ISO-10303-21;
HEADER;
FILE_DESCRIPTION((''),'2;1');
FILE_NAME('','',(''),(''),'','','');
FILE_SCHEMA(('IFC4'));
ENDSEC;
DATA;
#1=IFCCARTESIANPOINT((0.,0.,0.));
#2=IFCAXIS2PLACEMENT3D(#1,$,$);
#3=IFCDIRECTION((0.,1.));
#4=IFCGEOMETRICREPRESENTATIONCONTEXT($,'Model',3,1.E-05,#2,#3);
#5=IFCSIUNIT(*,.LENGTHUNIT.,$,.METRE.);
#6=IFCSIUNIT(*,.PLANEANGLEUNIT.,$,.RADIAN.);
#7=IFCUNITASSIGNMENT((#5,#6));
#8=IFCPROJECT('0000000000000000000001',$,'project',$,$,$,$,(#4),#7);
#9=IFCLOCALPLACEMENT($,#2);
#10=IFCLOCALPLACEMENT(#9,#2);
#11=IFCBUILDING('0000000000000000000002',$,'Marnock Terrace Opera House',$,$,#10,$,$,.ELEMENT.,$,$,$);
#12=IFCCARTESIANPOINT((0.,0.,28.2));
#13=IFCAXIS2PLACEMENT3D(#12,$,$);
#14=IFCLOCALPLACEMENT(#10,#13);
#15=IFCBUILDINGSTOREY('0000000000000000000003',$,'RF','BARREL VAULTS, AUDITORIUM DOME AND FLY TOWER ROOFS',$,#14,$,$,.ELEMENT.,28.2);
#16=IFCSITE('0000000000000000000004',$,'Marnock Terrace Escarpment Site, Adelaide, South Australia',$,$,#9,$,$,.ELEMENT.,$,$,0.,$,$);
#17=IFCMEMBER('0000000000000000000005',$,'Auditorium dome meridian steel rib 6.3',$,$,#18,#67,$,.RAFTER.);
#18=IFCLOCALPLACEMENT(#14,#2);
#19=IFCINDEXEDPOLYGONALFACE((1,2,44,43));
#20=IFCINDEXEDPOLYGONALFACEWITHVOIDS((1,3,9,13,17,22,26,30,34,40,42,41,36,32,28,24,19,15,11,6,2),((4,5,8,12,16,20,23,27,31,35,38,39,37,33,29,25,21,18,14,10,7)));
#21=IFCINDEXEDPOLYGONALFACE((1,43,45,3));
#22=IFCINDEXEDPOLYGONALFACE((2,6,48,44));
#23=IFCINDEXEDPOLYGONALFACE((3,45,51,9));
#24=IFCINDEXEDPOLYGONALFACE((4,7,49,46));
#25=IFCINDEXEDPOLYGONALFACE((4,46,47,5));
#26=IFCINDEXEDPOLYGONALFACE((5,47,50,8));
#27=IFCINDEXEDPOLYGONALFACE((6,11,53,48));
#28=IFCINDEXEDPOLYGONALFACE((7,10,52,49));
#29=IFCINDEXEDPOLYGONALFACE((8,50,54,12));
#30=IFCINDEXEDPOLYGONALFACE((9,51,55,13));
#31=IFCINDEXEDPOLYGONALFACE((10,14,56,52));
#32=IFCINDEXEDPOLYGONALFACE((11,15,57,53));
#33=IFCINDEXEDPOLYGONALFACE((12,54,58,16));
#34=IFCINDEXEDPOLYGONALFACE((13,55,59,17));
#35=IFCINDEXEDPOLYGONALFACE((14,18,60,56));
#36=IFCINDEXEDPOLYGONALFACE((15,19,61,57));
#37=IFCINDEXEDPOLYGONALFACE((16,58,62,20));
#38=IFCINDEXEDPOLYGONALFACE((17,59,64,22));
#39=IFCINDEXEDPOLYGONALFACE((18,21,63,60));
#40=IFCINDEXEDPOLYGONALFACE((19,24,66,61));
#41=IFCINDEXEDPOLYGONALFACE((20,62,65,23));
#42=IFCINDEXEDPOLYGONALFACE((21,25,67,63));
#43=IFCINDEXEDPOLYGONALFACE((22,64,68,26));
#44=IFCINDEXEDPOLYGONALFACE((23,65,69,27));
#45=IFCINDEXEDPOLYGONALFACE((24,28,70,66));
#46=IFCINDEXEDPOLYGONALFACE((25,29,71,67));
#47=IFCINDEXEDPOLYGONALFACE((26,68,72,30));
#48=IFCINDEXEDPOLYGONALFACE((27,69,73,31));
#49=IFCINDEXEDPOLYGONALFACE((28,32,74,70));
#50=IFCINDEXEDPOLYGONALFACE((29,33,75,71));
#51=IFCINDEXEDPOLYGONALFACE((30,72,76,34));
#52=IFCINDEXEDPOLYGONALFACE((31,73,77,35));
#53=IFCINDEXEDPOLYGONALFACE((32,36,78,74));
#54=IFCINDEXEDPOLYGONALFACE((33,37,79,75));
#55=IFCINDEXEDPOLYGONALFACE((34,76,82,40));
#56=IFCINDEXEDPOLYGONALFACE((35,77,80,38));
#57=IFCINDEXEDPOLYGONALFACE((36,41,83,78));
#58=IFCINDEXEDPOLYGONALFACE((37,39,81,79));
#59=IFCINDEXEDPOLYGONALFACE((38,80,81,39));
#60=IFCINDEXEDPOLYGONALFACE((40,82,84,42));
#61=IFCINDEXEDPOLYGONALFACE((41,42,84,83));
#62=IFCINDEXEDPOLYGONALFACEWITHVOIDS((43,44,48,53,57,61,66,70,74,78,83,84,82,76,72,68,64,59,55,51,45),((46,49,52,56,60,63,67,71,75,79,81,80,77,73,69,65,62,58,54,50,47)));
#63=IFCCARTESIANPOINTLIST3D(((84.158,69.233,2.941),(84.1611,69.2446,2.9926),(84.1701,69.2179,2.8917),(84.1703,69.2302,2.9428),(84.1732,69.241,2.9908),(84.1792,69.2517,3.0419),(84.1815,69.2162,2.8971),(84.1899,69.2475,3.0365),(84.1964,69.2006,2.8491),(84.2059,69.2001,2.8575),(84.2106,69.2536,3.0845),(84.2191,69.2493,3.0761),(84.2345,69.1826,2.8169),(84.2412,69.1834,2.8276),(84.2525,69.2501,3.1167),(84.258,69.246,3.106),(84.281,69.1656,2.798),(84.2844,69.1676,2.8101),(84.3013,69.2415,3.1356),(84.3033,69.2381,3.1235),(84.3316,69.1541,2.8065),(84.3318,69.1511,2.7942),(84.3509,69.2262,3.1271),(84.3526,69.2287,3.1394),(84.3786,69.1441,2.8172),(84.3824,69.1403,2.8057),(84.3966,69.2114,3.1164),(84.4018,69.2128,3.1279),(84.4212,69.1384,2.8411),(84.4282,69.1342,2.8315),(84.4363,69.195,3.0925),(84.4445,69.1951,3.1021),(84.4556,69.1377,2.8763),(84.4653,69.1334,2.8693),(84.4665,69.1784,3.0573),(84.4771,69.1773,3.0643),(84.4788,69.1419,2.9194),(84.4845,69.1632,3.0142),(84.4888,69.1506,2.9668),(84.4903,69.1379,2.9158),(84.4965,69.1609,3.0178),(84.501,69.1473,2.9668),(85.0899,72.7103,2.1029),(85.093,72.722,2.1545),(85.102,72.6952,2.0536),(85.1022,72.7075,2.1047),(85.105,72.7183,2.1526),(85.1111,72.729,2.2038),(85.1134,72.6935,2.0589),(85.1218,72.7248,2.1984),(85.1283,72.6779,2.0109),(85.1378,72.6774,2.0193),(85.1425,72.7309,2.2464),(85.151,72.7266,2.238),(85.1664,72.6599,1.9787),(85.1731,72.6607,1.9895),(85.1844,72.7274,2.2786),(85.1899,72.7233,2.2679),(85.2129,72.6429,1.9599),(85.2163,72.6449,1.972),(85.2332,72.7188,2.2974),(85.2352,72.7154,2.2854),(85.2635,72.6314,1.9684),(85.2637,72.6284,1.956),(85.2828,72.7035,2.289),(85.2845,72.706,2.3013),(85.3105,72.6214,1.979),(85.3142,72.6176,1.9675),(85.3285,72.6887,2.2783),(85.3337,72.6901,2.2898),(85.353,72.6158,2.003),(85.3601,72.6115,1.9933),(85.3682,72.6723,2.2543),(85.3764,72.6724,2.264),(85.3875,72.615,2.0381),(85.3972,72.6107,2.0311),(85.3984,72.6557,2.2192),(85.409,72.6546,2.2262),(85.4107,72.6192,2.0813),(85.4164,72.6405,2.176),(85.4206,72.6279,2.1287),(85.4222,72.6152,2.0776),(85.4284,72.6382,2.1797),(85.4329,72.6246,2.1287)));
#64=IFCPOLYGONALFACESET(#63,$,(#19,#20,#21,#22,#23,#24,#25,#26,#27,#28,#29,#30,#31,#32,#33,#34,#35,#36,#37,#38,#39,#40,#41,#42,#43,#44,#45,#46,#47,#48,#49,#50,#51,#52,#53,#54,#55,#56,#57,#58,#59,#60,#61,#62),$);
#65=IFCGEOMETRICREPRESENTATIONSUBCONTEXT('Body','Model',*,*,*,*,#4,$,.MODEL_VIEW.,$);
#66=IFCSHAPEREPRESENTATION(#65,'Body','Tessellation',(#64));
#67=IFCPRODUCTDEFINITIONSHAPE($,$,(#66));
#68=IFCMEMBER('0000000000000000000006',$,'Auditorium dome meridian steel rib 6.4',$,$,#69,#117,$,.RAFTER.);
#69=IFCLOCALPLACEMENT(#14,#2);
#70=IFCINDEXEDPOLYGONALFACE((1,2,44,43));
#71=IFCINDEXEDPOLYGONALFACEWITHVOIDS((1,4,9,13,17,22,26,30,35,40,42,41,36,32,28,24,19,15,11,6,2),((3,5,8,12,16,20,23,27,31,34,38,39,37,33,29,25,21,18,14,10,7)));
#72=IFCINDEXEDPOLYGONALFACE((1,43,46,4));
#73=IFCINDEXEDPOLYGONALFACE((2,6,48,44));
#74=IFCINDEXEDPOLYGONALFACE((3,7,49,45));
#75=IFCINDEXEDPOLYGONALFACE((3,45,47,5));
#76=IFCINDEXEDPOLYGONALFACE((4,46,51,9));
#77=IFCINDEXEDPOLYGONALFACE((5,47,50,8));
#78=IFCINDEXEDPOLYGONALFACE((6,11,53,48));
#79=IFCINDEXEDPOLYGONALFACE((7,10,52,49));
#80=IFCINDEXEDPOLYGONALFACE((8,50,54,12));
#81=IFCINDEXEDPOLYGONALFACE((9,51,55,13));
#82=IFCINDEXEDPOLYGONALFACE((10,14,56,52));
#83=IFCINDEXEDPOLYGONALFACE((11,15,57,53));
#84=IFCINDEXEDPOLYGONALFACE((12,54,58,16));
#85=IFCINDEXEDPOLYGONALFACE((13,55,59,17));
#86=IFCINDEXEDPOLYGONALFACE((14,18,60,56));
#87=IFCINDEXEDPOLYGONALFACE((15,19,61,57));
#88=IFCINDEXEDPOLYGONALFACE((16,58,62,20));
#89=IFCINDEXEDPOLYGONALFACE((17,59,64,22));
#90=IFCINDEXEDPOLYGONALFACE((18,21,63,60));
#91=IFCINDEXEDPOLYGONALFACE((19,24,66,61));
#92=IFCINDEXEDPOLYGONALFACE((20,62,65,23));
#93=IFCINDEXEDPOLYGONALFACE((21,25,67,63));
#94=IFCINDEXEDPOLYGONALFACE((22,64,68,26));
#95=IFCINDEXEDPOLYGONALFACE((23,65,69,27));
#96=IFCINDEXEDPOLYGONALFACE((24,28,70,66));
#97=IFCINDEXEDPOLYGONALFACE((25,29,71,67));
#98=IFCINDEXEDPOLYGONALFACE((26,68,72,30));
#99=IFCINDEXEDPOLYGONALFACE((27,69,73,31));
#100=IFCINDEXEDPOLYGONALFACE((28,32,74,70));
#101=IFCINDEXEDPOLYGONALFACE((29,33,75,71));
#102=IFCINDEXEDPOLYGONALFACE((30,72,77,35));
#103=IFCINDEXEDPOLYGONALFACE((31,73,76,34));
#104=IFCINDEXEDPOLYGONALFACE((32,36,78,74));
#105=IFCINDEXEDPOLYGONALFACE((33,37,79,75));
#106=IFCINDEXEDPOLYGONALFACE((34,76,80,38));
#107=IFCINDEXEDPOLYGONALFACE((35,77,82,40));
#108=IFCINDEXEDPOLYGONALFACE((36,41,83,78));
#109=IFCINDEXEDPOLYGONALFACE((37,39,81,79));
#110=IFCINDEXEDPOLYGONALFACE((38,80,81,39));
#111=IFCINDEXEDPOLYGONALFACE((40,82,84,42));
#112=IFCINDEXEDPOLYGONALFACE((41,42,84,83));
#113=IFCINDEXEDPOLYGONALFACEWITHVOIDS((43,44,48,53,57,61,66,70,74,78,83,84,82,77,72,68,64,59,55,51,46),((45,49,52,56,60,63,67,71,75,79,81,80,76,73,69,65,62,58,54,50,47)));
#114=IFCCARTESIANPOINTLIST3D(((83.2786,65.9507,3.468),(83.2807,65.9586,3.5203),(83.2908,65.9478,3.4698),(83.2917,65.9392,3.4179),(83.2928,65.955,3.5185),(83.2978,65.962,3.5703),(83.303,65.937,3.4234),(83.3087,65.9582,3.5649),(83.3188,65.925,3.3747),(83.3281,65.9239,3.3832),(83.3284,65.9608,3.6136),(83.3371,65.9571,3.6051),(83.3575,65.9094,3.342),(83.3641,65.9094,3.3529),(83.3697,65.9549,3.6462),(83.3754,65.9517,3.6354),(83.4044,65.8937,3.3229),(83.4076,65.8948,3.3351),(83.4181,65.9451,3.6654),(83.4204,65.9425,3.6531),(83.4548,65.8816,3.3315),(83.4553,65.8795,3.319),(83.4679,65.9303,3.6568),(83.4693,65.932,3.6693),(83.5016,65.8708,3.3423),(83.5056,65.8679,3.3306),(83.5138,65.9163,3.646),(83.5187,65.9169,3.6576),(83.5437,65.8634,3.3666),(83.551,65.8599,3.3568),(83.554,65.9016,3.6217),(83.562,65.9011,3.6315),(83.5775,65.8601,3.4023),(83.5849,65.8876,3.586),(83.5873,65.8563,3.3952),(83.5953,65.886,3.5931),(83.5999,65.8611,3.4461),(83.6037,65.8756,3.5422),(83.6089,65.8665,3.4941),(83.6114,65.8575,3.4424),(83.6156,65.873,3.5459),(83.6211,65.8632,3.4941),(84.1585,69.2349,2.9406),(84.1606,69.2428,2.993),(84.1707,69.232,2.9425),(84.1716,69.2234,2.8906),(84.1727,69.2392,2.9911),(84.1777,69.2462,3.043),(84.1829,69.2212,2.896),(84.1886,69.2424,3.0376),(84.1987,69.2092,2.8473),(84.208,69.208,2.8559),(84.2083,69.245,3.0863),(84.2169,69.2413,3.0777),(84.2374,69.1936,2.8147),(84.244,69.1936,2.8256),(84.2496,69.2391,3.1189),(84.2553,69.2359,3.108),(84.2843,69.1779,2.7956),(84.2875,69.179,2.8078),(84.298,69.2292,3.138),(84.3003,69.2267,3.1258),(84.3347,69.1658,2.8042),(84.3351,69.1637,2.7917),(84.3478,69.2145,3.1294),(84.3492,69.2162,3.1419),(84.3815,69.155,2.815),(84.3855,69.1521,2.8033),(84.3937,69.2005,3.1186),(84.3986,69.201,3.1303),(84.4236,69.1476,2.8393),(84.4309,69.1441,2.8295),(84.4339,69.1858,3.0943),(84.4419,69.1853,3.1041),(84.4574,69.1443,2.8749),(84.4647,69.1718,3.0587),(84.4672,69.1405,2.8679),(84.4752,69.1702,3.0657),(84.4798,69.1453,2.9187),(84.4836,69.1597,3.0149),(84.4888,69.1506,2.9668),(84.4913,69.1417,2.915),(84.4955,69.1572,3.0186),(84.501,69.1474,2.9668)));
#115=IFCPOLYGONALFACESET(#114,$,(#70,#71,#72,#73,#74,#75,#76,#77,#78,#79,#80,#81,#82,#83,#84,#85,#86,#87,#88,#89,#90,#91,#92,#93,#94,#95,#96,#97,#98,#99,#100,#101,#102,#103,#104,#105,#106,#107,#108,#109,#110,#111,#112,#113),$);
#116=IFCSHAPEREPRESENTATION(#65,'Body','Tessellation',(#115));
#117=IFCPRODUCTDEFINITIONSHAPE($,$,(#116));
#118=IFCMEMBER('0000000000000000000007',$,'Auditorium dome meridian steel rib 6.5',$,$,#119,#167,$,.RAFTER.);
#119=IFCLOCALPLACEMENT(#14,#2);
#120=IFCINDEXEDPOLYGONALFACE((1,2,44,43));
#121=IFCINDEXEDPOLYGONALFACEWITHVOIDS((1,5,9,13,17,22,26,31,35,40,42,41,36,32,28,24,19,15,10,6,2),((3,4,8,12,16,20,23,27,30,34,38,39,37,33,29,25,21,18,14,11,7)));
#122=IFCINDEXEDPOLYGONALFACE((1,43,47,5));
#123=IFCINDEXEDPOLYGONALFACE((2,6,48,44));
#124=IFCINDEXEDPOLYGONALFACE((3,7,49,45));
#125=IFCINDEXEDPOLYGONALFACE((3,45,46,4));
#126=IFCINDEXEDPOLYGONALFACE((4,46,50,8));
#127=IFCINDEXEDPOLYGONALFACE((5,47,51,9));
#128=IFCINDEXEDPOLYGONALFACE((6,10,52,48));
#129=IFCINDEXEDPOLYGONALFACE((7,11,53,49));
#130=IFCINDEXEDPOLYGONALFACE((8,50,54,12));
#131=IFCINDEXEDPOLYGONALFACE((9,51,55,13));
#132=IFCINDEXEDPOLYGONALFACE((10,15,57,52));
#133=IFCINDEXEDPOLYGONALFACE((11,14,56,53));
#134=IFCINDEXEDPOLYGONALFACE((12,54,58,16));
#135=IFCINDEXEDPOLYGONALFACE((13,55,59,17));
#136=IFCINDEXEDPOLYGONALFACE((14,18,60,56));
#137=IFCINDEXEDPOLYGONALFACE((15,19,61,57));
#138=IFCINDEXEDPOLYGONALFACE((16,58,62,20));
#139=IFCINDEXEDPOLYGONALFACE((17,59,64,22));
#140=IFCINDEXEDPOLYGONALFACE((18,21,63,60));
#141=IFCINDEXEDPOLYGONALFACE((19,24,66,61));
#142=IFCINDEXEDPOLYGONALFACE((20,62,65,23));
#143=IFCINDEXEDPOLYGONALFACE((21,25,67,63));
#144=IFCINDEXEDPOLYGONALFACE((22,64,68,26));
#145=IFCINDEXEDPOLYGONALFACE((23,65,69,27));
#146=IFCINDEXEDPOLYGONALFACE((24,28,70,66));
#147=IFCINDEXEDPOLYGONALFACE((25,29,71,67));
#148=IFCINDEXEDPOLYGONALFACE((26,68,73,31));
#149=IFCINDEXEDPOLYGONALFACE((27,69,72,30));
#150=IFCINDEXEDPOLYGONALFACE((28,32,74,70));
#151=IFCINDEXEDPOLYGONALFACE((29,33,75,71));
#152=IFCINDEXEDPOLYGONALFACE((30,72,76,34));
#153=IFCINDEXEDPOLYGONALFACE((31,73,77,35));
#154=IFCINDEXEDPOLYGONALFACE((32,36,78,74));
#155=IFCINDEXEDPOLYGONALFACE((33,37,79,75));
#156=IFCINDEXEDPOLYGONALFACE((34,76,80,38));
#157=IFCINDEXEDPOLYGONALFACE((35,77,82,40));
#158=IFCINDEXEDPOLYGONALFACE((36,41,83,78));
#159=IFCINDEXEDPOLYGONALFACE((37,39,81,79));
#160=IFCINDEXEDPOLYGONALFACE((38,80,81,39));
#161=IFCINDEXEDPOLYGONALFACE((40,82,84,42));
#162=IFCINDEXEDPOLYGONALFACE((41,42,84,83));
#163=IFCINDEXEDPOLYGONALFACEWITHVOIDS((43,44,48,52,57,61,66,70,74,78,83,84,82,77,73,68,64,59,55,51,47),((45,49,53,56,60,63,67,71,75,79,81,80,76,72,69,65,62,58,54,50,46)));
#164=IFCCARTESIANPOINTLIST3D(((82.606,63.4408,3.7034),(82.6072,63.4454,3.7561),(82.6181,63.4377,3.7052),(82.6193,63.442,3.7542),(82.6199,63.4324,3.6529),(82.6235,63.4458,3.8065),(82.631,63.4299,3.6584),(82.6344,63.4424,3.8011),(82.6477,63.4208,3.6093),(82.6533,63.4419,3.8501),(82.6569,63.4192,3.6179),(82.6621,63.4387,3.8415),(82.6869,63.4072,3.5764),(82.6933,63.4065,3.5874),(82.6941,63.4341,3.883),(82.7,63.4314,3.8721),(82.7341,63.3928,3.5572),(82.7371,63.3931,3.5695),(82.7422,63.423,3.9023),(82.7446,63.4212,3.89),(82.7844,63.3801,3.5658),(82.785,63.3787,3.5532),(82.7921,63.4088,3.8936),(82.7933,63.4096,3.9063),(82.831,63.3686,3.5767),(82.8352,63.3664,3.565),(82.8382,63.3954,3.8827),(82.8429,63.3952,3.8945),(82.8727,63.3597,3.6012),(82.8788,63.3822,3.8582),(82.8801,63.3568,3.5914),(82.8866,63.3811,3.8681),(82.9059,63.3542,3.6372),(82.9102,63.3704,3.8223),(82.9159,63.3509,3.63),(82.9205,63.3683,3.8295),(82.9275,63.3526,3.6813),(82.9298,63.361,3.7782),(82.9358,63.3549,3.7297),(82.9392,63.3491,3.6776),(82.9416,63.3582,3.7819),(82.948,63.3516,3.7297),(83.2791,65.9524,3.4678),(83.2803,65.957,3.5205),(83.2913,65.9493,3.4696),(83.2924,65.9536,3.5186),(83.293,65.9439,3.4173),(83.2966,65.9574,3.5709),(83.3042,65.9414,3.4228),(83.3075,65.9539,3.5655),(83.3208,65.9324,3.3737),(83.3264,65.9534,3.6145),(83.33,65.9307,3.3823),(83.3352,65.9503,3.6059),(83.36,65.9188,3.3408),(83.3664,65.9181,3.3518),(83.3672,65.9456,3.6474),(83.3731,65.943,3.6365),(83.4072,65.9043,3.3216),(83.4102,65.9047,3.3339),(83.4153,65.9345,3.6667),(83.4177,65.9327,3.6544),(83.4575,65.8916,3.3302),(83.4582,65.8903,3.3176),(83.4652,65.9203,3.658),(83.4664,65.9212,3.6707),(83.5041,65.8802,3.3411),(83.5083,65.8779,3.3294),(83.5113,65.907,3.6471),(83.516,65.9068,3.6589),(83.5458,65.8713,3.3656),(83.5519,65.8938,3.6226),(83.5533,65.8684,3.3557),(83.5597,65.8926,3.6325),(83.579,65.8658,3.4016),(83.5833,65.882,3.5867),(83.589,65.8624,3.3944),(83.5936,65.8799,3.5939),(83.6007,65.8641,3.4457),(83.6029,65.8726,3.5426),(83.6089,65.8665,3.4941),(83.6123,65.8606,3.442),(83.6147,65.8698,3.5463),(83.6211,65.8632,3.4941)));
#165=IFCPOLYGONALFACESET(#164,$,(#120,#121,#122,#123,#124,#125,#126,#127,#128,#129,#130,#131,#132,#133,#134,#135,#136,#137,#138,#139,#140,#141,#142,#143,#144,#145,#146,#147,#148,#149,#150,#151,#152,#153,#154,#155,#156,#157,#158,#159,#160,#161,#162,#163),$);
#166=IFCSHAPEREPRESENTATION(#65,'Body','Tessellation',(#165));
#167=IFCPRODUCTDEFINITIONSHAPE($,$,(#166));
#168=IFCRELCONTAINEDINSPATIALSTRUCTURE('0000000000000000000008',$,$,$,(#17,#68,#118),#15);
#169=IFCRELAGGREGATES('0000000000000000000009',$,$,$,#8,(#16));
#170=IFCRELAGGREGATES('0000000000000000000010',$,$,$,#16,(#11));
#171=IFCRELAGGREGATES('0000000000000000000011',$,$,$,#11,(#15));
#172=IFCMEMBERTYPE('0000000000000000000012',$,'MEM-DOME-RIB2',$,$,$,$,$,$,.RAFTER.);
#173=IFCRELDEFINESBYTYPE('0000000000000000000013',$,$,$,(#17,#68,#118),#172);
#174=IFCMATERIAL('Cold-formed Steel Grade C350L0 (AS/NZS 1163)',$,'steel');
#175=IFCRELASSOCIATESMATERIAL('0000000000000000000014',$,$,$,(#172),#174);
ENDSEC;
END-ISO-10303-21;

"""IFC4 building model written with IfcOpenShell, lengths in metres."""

from ifc_helpers import new_model, si_unit, direction, frame, origin, origin_2d, place, context, subcontext, project, spatial, hollow_circle, extrude, material, material_profile, profile_set, type_object, element, save


model = new_model("IFC4")

# Units and contexts
model_context = context("Model", 3, precision=1e-05, world=origin(), true_north=direction((0.0, 1.0)))
body_context = subcontext(model_context, "Body", "Model", "MODEL_VIEW")
ifc_project = project(units=[si_unit("LENGTHUNIT", "METRE"), si_unit("PLANEANGLEUNIT", "RADIAN")], contexts=[model_context])

# Site, building, storey
site_placement = place(None, origin())
site = spatial("IfcSite", under=ifc_project, at=site_placement, Name="Marnock Terrace Escarpment Site, Adelaide, South Australia", CompositionType="ELEMENT", RefElevation=0.0)
building_placement = place(site_placement, origin())
building = spatial("IfcBuilding", under=site, at=building_placement, Name="Marnock Terrace Opera House", CompositionType="ELEMENT")
storey_placement = place(building_placement, frame((0.0, 0.0, 28.2)))
storey = spatial("IfcBuildingStorey", under=building, at=storey_placement, Name="RF", Description="BARREL VAULTS, AUDITORIUM DOME AND FLY TOWER ROOFS", CompositionType="ELEMENT", Elevation=28.2)

# Members
ifc_material_1 = material(Name="Cold-formed Steel Grade C350L0 (AS/NZS 1163)", Category="steel")
ifc_material_profile_1 = material_profile(ifc_material_1, hollow_circle(Radius=0.1777, WallThickness=0.0127, at=origin_2d()))
ifc_profile_set_1 = profile_set([ifc_material_profile_1], Name="Cold-formed Steel Grade C350L0 (AS/NZS 1163)")
member_type_1 = type_object("IfcMemberType", Name="MEM-DOME-RIB2", PredefinedType="RAFTER", material=ifc_profile_set_1)
member_1_placement = place(storey_placement, frame((85.2612, 72.6707, 2.1287), z_axis=(-0.252114, -0.940756, 0.226751), x_axis=(0.965916, -0.258857, 0.0)))
element("IfcMember", 1, at=member_1_placement, inside=storey, type_object=member_type_1, Name="Auditorium dome meridian steel rib 6.3", PredefinedType="RAFTER", context=body_context, shape_type="SweptSolid", body=[
    extrude(hollow_circle(Radius=0.1777, WallThickness=0.0127, at=origin_2d()), origin(), (0.0, 0.0, 1.0), 3.6963),
])
member_2_placement = place(storey_placement, frame((84.3293, 69.1934, 2.9668), z_axis=(-0.255731, -0.954521, 0.153268), x_axis=(0.965934, -0.258789, 0.0)))
element("IfcMember", 2, at=member_2_placement, inside=storey, type_object=member_type_1, Name="Auditorium dome meridian steel rib 6.4", PredefinedType="RAFTER", context=body_context, shape_type="SweptSolid", body=[
    extrude(hollow_circle(Radius=0.1777, WallThickness=0.0127, at=origin_2d()), origin(), (0.0, 0.0, 1.0), 3.4407),
])
member_3_placement = place(storey_placement, frame((83.4495, 65.9092, 3.4941), z_axis=(-0.257816, -0.961971, 0.09024), x_axis=(0.965912, -0.258872, 0.0)))
element("IfcMember", 3, at=member_3_placement, inside=storey, type_object=member_type_1, Name="Auditorium dome meridian steel rib 6.5", PredefinedType="RAFTER", context=body_context, shape_type="SweptSolid", body=[
    extrude(hollow_circle(Radius=0.1777, WallThickness=0.0127, at=origin_2d()), origin(), (0.0, 0.0, 1.0), 2.6108),
])

save(model, "model.ifc")
